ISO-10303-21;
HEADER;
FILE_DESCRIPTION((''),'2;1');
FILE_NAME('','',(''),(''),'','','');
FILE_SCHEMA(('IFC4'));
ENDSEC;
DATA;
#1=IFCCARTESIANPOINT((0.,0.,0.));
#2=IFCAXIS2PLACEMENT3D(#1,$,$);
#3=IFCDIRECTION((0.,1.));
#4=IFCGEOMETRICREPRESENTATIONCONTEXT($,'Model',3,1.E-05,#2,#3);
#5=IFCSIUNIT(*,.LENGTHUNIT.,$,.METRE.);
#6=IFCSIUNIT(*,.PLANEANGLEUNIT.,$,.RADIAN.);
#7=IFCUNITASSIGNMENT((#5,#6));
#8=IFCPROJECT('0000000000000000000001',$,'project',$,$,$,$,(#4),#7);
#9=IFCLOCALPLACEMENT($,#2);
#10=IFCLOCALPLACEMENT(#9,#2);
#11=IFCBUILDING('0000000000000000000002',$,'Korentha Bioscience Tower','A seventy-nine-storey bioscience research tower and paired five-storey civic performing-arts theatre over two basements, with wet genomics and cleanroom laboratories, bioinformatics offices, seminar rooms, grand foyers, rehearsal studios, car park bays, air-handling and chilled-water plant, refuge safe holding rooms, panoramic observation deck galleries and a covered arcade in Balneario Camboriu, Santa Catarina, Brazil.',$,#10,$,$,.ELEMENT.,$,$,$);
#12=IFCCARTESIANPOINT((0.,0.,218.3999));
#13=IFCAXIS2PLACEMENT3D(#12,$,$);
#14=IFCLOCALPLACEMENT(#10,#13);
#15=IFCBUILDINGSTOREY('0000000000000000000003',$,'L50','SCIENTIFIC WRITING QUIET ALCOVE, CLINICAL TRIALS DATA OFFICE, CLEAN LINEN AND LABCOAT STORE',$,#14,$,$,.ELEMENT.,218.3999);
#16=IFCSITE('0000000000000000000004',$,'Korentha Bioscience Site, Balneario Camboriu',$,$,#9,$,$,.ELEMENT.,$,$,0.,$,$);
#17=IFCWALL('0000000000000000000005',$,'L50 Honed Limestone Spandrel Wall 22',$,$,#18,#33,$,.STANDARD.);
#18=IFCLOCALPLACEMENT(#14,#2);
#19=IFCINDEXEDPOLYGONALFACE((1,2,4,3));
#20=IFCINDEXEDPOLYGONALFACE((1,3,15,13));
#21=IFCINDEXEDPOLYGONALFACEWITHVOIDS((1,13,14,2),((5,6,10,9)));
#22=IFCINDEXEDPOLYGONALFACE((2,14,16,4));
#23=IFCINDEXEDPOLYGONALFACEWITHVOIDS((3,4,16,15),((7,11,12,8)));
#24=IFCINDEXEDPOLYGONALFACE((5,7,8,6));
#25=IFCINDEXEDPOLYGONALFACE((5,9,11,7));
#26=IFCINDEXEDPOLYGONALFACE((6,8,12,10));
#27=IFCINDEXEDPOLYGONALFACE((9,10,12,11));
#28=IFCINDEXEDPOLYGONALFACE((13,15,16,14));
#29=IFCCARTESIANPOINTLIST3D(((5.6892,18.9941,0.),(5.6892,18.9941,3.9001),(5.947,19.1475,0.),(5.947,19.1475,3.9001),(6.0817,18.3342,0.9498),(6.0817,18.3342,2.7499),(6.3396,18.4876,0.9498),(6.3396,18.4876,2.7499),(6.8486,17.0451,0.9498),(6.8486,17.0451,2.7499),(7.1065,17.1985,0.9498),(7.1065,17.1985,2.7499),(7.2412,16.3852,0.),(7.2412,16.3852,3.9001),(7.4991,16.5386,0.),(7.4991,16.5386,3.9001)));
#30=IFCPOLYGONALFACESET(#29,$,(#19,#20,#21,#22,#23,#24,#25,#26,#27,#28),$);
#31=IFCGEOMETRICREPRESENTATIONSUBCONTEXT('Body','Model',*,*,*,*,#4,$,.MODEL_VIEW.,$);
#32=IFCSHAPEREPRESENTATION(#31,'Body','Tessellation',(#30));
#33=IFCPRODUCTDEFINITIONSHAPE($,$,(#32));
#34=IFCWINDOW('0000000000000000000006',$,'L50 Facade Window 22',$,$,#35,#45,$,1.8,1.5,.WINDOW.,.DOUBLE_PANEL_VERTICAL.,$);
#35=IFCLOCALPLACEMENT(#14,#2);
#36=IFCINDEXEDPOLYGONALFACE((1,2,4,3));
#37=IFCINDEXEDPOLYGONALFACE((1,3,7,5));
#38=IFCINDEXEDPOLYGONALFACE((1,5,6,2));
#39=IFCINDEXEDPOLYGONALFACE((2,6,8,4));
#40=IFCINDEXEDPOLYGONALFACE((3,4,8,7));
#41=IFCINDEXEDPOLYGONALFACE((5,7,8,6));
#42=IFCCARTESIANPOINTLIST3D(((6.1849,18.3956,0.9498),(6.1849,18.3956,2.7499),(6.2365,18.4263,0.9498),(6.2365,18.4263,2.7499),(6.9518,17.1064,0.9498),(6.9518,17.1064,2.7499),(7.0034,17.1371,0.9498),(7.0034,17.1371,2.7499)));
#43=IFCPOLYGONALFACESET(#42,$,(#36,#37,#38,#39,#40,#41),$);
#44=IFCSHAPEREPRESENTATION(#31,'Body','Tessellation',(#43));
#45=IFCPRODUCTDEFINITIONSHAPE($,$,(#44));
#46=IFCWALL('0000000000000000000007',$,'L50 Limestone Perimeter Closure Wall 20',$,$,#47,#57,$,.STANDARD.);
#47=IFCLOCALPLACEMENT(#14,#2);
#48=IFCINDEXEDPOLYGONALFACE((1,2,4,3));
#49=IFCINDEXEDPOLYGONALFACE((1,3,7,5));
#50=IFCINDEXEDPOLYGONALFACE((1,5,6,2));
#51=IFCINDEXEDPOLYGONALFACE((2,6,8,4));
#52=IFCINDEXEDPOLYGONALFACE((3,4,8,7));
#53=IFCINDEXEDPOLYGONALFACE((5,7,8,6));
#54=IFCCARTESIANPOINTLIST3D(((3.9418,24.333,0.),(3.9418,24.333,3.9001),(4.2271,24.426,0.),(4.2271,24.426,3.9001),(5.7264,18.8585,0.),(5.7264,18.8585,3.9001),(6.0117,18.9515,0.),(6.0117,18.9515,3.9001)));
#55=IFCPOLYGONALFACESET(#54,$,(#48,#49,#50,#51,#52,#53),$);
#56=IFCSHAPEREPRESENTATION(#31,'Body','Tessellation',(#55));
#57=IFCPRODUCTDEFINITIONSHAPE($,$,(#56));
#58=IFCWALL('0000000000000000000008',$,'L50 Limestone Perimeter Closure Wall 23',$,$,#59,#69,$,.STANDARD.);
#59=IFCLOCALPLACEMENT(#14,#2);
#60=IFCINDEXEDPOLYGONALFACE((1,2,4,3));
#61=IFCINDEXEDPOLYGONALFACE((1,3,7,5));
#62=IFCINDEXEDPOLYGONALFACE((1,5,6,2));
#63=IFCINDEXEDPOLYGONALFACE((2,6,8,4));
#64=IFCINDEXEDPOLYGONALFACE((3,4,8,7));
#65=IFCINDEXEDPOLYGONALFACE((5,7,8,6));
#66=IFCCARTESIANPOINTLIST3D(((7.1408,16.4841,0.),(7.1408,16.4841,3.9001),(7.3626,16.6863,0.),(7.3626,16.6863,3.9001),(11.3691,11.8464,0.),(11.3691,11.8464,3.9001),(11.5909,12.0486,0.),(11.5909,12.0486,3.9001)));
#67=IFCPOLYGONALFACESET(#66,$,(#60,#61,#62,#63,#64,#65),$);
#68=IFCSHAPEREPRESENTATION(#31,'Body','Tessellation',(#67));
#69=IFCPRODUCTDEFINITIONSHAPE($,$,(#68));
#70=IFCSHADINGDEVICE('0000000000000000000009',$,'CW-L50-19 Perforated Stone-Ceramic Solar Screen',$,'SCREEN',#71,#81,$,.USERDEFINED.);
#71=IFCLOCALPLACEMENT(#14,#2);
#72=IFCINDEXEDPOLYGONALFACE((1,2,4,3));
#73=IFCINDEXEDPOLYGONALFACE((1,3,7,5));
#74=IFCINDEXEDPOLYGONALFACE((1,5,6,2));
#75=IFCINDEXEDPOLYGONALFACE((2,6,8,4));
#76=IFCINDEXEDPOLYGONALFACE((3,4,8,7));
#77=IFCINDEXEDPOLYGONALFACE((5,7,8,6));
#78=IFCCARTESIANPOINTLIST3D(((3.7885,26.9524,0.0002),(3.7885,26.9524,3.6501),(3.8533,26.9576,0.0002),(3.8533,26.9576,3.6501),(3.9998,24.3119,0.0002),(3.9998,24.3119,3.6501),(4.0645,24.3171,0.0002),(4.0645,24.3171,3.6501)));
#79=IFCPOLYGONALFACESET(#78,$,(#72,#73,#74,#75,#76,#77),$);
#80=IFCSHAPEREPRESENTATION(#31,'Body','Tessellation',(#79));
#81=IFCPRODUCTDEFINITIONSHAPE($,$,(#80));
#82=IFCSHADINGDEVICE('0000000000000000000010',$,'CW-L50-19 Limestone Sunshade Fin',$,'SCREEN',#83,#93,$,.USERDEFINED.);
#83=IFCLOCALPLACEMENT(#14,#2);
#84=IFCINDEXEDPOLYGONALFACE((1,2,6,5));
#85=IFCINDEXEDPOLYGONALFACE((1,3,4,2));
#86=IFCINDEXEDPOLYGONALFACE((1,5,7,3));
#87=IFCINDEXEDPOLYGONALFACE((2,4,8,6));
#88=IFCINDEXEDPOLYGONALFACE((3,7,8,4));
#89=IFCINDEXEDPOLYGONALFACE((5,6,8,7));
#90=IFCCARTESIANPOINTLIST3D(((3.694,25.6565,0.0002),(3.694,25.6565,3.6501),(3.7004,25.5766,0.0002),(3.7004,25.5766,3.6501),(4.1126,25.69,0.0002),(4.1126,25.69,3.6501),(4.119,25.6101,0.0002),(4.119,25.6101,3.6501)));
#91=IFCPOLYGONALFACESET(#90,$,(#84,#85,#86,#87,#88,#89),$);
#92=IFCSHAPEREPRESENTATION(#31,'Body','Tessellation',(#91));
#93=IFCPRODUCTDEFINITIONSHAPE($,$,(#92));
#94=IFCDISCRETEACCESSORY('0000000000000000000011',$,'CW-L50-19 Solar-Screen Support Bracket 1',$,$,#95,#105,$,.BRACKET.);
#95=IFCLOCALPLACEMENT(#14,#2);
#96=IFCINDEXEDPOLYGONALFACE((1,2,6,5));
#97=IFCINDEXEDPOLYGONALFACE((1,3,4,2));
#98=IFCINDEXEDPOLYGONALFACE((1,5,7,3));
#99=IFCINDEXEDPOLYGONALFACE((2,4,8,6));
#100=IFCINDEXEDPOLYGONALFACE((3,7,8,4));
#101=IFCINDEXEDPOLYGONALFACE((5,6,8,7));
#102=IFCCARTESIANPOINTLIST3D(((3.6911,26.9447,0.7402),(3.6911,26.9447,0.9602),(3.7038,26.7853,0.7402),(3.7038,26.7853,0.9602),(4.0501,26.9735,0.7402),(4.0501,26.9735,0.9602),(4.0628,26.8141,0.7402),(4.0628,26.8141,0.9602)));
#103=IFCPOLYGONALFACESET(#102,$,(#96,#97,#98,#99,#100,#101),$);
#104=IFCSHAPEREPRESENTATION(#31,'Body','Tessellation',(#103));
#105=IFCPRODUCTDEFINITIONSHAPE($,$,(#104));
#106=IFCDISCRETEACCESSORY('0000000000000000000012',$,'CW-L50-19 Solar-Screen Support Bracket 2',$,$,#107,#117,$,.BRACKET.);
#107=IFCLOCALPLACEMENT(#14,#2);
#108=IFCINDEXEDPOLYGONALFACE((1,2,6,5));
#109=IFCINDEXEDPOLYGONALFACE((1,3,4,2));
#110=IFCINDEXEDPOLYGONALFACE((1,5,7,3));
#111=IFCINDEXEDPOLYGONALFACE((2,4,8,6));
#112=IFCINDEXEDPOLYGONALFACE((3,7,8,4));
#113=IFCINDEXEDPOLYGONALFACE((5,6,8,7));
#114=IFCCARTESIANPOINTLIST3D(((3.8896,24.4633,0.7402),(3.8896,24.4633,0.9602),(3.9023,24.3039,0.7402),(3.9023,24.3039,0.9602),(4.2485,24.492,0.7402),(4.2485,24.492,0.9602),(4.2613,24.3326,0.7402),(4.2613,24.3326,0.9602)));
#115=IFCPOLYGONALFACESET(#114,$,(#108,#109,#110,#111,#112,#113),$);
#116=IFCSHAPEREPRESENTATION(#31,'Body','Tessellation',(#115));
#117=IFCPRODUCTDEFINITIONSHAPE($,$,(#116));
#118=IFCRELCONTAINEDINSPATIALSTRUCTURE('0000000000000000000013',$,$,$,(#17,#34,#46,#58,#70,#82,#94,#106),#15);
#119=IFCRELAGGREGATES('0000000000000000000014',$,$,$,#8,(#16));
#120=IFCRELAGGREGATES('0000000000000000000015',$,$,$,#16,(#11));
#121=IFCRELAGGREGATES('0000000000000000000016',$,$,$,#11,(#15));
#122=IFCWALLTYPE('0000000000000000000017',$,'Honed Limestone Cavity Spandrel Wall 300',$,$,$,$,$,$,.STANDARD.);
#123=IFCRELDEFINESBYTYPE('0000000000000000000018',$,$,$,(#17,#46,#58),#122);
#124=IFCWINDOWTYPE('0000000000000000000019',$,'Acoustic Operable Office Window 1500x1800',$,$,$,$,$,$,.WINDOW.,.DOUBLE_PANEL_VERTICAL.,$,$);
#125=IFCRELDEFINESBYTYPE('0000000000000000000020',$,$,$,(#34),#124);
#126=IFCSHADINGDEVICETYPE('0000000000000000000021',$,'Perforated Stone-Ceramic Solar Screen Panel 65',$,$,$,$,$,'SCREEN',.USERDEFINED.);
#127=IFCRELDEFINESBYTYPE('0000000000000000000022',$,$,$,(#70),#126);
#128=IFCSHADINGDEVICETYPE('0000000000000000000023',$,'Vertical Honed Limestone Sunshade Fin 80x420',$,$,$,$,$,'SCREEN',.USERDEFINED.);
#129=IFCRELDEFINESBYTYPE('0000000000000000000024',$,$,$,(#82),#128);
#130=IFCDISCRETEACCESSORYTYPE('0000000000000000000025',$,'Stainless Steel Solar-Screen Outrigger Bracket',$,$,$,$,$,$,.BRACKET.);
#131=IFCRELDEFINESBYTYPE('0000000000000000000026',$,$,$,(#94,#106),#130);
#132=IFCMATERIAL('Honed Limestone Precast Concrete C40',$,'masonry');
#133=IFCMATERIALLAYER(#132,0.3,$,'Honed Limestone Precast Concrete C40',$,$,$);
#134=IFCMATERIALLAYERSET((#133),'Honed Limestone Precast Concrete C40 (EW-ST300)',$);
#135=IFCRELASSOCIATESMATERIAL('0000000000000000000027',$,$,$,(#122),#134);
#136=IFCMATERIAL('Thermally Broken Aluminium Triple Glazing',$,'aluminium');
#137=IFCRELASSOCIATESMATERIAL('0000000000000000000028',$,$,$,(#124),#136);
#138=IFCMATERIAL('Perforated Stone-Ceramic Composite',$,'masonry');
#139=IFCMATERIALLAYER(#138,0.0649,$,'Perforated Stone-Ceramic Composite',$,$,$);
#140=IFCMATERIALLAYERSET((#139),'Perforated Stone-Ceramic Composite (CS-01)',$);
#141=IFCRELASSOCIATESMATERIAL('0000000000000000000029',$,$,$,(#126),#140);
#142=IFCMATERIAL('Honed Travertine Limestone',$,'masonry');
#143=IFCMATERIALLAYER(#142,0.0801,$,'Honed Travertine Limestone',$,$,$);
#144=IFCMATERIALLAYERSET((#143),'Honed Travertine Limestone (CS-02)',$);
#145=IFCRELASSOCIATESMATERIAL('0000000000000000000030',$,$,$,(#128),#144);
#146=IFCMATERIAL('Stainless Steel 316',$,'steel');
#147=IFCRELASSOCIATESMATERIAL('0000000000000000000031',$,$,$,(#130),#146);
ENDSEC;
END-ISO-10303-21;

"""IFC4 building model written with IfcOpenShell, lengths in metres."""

from ifc_helpers import new_model, si_unit, direction, frame, frame_2d, origin, origin_2d, place, context, subcontext, project, spatial, rectangle, extrude, material, layer, layer_set, type_object, element, fill, save


model = new_model("IFC4")

# Units and contexts
model_context = context("Model", 3, precision=1e-05, world=origin(), true_north=direction((0.0, 1.0)))
body_context = subcontext(model_context, "Body", "Model", "MODEL_VIEW")
ifc_project = project(units=[si_unit("LENGTHUNIT", "METRE"), si_unit("PLANEANGLEUNIT", "RADIAN")], contexts=[model_context])

# Site, building, storey
site_placement = place(None, origin())
site = spatial("IfcSite", under=ifc_project, at=site_placement, Name="Korentha Bioscience Site, Balneario Camboriu", CompositionType="ELEMENT", RefElevation=0.0)
building_placement = place(site_placement, origin())
building = spatial("IfcBuilding", under=site, at=building_placement, Name="Korentha Bioscience Tower", Description="A seventy-nine-storey bioscience research tower and paired five-storey civic performing-arts theatre over two basements, with wet genomics and cleanroom laboratories, bioinformatics offices, seminar rooms, grand foyers, rehearsal studios, car park bays, air-handling and chilled-water plant, refuge safe holding rooms, panoramic observation deck galleries and a covered arcade in Balneario Camboriu, Santa Catarina, Brazil.", CompositionType="ELEMENT")
storey_placement = place(building_placement, frame((0.0, 0.0, 218.3999)))
storey = spatial("IfcBuildingStorey", under=building, at=storey_placement, Name="L50", Description="SCIENTIFIC WRITING QUIET ALCOVE, CLINICAL TRIALS DATA OFFICE, CLEAN LINEN AND LABCOAT STORE", CompositionType="ELEMENT", Elevation=218.3999)

# Wall, opening, window
ifc_material_1 = material(Name="Honed Limestone Precast Concrete C40", Category="masonry")
ifc_layer_1 = layer(ifc_material_1, 0.3, Name="Honed Limestone Precast Concrete C40")
ifc_layer_set_1 = layer_set([ifc_layer_1], Name="Honed Limestone Precast Concrete C40 (EW-ST300)")
wall_type_1 = type_object("IfcWallType", Name="Honed Limestone Cavity Spandrel Wall 300", PredefinedType="STANDARD", material=ifc_layer_set_1)
wall_1_placement = place(storey_placement, frame((5.8181, 19.0708, 0.0), z_axis=(0.0, 0.0, 1.0), x_axis=(0.511263, -0.859424, 0.0)))
wall_1 = element("IfcWall", 1, at=wall_1_placement, inside=storey, type_object=wall_type_1, Name="L50 Honed Limestone Spandrel Wall 22", PredefinedType="STANDARD", context=body_context, shape_type="SweptSolid", body=[
    extrude(rectangle(XDim=3.0356, YDim=0.3, at=frame_2d((1.5178, 0.0))), origin(), (0.0, 0.0, 1.0), 3.9001),
])
opening_placement = place(wall_1_placement, frame((0.7678, 0.0, 0.95)))
opening = element("IfcOpeningElement", 2, at=opening_placement, cuts=wall_1, PredefinedType="OPENING", context=body_context, shape_type="SweptSolid", body=[
    extrude(rectangle(XDim=1.5, YDim=1.8, at=frame_2d((0.75, 0.8999))), frame((0.0, 0.165, 0.0), z_axis=(0.0, -1.0, 0.0), x_axis=(1.0, 0.0, 0.0)), (0.0, 0.0, 1.0), 0.3298),
])
ifc_material_2 = material(Name="Thermally Broken Aluminium Triple Glazing", Category="aluminium")
window_type = type_object("IfcWindowType", Name="Acoustic Operable Office Window 1500x1800", PartitioningType="DOUBLE_PANEL_VERTICAL", PredefinedType="WINDOW", material=ifc_material_2)
window_placement = place(opening_placement, origin())
window = element("IfcWindow", 3, at=window_placement, inside=storey, type_object=window_type, Name="L50 Facade Window 22", OverallHeight=1.8, OverallWidth=1.5, PartitioningType="DOUBLE_PANEL_VERTICAL", PredefinedType="WINDOW", context=body_context, shape_type="SweptSolid", body=[
    extrude(rectangle(XDim=1.5, YDim=1.8, at=frame_2d((0.75, 0.8999))), frame((0.0, 0.03, 0.0), z_axis=(0.0, -1.0, 0.0), x_axis=(1.0, 0.0, 0.0)), (0.0, 0.0, 1.0), 0.0601),
])
fill(opening, window)

# Walls
wall_2_placement = place(storey_placement, frame((4.0845, 24.3794, 0.0), z_axis=(0.0, 0.0, 1.0), x_axis=(0.309937, -0.950757, 0.0)))
element("IfcWall", 4, at=wall_2_placement, inside=storey, type_object=wall_type_1, Name="L50 Limestone Perimeter Closure Wall 20", PredefinedType="STANDARD", context=body_context, shape_type="SweptSolid", body=[
    extrude(rectangle(XDim=5.7581, YDim=0.3, at=frame_2d((2.8789, 0.0))), origin(), (0.0, 0.0, 1.0), 3.9001),
])
wall_3_placement = place(storey_placement, frame((7.2517, 16.5852, 0.0), z_axis=(0.0, 0.0, 1.0), x_axis=(0.673735, -0.738973, 0.0)))
element("IfcWall", 5, at=wall_3_placement, inside=storey, type_object=wall_type_1, Name="L50 Limestone Perimeter Closure Wall 23", PredefinedType="STANDARD", context=body_context, shape_type="SweptSolid", body=[
    extrude(rectangle(XDim=6.2759, YDim=0.3, at=frame_2d((3.1379, 0.0))), origin(), (0.0, 0.0, 1.0), 3.9001),
])

# Shading devices
ifc_material_3 = material(Name="Perforated Stone-Ceramic Composite", Category="masonry")
ifc_layer_2 = layer(ifc_material_3, 0.0649, Name="Perforated Stone-Ceramic Composite")
ifc_layer_set_2 = layer_set([ifc_layer_2], Name="Perforated Stone-Ceramic Composite (CS-01)")
shading_device_type_1 = type_object("IfcShadingDeviceType", Name="Perforated Stone-Ceramic Solar Screen Panel 65", ElementType="SCREEN", PredefinedType="USERDEFINED", material=ifc_layer_set_2)
shading_device_1_placement = place(storey_placement, frame((3.9265, 25.6348, 0.0002), z_axis=(0.0, 0.0, 1.0), x_axis=(0.079748, -0.996815, 0.0)))
element("IfcShadingDevice", 6, at=shading_device_1_placement, inside=storey, type_object=shading_device_type_1, Name="CW-L50-19 Perforated Stone-Ceramic Solar Screen", ObjectType="SCREEN", PredefinedType="USERDEFINED", context=body_context, shape_type="SweptSolid", body=[
    extrude(rectangle(XDim=2.6489, YDim=0.0649, at=origin_2d()), origin(), (0.0, 0.0, 1.0), 3.6499),
])
ifc_material_4 = material(Name="Honed Travertine Limestone", Category="masonry")
ifc_layer_3 = layer(ifc_material_4, 0.0801, Name="Honed Travertine Limestone")
ifc_layer_set_3 = layer_set([ifc_layer_3], Name="Honed Travertine Limestone (CS-02)")
shading_device_type_2 = type_object("IfcShadingDeviceType", Name="Vertical Honed Limestone Sunshade Fin 80x420", ElementType="SCREEN", PredefinedType="USERDEFINED", material=ifc_layer_set_3)
shading_device_2_placement = place(storey_placement, frame((3.9065, 25.6333, 0.0002), z_axis=(0.0, 0.0, 1.0), x_axis=(0.079748, -0.996815, 0.0)))
element("IfcShadingDevice", 7, at=shading_device_2_placement, inside=storey, type_object=shading_device_type_2, Name="CW-L50-19 Limestone Sunshade Fin", ObjectType="SCREEN", PredefinedType="USERDEFINED", context=body_context, shape_type="SweptSolid", body=[
    extrude(rectangle(XDim=0.0801, YDim=0.4199, at=origin_2d()), origin(), (0.0, 0.0, 1.0), 3.6499),
])

# Discrete accessories
ifc_material_5 = material(Name="Stainless Steel 316", Category="steel")
discrete_accessory_type = type_object("IfcDiscreteAccessoryType", Name="Stainless Steel Solar-Screen Outrigger Bracket", PredefinedType="BRACKET", material=ifc_material_5)
for number, where, z_axis, x_axis, name in (
    (8, (3.877, 26.8794, 0.7402), (0.0, 0.0, 1.0), (0.079748, -0.996815, 0.0), "CW-L50-19 Solar-Screen Support Bracket 1"),
    (9, (4.0754, 24.3979, 0.7402), (0.0, 0.0, 1.0), (0.079748, -0.996815, 0.0), "CW-L50-19 Solar-Screen Support Bracket 2"),
):
    element("IfcDiscreteAccessory", number, at=place(storey_placement, frame(where, z_axis=z_axis, x_axis=x_axis)), inside=storey, type_object=discrete_accessory_type, Name=name, PredefinedType="BRACKET", context=body_context, shape_type="SweptSolid", body=[
        extrude(rectangle(XDim=0.1599, YDim=0.3601, at=origin_2d()), origin(), (0.0, 0.0, 1.0), 0.22),
    ])

save(model, "model.ifc")
